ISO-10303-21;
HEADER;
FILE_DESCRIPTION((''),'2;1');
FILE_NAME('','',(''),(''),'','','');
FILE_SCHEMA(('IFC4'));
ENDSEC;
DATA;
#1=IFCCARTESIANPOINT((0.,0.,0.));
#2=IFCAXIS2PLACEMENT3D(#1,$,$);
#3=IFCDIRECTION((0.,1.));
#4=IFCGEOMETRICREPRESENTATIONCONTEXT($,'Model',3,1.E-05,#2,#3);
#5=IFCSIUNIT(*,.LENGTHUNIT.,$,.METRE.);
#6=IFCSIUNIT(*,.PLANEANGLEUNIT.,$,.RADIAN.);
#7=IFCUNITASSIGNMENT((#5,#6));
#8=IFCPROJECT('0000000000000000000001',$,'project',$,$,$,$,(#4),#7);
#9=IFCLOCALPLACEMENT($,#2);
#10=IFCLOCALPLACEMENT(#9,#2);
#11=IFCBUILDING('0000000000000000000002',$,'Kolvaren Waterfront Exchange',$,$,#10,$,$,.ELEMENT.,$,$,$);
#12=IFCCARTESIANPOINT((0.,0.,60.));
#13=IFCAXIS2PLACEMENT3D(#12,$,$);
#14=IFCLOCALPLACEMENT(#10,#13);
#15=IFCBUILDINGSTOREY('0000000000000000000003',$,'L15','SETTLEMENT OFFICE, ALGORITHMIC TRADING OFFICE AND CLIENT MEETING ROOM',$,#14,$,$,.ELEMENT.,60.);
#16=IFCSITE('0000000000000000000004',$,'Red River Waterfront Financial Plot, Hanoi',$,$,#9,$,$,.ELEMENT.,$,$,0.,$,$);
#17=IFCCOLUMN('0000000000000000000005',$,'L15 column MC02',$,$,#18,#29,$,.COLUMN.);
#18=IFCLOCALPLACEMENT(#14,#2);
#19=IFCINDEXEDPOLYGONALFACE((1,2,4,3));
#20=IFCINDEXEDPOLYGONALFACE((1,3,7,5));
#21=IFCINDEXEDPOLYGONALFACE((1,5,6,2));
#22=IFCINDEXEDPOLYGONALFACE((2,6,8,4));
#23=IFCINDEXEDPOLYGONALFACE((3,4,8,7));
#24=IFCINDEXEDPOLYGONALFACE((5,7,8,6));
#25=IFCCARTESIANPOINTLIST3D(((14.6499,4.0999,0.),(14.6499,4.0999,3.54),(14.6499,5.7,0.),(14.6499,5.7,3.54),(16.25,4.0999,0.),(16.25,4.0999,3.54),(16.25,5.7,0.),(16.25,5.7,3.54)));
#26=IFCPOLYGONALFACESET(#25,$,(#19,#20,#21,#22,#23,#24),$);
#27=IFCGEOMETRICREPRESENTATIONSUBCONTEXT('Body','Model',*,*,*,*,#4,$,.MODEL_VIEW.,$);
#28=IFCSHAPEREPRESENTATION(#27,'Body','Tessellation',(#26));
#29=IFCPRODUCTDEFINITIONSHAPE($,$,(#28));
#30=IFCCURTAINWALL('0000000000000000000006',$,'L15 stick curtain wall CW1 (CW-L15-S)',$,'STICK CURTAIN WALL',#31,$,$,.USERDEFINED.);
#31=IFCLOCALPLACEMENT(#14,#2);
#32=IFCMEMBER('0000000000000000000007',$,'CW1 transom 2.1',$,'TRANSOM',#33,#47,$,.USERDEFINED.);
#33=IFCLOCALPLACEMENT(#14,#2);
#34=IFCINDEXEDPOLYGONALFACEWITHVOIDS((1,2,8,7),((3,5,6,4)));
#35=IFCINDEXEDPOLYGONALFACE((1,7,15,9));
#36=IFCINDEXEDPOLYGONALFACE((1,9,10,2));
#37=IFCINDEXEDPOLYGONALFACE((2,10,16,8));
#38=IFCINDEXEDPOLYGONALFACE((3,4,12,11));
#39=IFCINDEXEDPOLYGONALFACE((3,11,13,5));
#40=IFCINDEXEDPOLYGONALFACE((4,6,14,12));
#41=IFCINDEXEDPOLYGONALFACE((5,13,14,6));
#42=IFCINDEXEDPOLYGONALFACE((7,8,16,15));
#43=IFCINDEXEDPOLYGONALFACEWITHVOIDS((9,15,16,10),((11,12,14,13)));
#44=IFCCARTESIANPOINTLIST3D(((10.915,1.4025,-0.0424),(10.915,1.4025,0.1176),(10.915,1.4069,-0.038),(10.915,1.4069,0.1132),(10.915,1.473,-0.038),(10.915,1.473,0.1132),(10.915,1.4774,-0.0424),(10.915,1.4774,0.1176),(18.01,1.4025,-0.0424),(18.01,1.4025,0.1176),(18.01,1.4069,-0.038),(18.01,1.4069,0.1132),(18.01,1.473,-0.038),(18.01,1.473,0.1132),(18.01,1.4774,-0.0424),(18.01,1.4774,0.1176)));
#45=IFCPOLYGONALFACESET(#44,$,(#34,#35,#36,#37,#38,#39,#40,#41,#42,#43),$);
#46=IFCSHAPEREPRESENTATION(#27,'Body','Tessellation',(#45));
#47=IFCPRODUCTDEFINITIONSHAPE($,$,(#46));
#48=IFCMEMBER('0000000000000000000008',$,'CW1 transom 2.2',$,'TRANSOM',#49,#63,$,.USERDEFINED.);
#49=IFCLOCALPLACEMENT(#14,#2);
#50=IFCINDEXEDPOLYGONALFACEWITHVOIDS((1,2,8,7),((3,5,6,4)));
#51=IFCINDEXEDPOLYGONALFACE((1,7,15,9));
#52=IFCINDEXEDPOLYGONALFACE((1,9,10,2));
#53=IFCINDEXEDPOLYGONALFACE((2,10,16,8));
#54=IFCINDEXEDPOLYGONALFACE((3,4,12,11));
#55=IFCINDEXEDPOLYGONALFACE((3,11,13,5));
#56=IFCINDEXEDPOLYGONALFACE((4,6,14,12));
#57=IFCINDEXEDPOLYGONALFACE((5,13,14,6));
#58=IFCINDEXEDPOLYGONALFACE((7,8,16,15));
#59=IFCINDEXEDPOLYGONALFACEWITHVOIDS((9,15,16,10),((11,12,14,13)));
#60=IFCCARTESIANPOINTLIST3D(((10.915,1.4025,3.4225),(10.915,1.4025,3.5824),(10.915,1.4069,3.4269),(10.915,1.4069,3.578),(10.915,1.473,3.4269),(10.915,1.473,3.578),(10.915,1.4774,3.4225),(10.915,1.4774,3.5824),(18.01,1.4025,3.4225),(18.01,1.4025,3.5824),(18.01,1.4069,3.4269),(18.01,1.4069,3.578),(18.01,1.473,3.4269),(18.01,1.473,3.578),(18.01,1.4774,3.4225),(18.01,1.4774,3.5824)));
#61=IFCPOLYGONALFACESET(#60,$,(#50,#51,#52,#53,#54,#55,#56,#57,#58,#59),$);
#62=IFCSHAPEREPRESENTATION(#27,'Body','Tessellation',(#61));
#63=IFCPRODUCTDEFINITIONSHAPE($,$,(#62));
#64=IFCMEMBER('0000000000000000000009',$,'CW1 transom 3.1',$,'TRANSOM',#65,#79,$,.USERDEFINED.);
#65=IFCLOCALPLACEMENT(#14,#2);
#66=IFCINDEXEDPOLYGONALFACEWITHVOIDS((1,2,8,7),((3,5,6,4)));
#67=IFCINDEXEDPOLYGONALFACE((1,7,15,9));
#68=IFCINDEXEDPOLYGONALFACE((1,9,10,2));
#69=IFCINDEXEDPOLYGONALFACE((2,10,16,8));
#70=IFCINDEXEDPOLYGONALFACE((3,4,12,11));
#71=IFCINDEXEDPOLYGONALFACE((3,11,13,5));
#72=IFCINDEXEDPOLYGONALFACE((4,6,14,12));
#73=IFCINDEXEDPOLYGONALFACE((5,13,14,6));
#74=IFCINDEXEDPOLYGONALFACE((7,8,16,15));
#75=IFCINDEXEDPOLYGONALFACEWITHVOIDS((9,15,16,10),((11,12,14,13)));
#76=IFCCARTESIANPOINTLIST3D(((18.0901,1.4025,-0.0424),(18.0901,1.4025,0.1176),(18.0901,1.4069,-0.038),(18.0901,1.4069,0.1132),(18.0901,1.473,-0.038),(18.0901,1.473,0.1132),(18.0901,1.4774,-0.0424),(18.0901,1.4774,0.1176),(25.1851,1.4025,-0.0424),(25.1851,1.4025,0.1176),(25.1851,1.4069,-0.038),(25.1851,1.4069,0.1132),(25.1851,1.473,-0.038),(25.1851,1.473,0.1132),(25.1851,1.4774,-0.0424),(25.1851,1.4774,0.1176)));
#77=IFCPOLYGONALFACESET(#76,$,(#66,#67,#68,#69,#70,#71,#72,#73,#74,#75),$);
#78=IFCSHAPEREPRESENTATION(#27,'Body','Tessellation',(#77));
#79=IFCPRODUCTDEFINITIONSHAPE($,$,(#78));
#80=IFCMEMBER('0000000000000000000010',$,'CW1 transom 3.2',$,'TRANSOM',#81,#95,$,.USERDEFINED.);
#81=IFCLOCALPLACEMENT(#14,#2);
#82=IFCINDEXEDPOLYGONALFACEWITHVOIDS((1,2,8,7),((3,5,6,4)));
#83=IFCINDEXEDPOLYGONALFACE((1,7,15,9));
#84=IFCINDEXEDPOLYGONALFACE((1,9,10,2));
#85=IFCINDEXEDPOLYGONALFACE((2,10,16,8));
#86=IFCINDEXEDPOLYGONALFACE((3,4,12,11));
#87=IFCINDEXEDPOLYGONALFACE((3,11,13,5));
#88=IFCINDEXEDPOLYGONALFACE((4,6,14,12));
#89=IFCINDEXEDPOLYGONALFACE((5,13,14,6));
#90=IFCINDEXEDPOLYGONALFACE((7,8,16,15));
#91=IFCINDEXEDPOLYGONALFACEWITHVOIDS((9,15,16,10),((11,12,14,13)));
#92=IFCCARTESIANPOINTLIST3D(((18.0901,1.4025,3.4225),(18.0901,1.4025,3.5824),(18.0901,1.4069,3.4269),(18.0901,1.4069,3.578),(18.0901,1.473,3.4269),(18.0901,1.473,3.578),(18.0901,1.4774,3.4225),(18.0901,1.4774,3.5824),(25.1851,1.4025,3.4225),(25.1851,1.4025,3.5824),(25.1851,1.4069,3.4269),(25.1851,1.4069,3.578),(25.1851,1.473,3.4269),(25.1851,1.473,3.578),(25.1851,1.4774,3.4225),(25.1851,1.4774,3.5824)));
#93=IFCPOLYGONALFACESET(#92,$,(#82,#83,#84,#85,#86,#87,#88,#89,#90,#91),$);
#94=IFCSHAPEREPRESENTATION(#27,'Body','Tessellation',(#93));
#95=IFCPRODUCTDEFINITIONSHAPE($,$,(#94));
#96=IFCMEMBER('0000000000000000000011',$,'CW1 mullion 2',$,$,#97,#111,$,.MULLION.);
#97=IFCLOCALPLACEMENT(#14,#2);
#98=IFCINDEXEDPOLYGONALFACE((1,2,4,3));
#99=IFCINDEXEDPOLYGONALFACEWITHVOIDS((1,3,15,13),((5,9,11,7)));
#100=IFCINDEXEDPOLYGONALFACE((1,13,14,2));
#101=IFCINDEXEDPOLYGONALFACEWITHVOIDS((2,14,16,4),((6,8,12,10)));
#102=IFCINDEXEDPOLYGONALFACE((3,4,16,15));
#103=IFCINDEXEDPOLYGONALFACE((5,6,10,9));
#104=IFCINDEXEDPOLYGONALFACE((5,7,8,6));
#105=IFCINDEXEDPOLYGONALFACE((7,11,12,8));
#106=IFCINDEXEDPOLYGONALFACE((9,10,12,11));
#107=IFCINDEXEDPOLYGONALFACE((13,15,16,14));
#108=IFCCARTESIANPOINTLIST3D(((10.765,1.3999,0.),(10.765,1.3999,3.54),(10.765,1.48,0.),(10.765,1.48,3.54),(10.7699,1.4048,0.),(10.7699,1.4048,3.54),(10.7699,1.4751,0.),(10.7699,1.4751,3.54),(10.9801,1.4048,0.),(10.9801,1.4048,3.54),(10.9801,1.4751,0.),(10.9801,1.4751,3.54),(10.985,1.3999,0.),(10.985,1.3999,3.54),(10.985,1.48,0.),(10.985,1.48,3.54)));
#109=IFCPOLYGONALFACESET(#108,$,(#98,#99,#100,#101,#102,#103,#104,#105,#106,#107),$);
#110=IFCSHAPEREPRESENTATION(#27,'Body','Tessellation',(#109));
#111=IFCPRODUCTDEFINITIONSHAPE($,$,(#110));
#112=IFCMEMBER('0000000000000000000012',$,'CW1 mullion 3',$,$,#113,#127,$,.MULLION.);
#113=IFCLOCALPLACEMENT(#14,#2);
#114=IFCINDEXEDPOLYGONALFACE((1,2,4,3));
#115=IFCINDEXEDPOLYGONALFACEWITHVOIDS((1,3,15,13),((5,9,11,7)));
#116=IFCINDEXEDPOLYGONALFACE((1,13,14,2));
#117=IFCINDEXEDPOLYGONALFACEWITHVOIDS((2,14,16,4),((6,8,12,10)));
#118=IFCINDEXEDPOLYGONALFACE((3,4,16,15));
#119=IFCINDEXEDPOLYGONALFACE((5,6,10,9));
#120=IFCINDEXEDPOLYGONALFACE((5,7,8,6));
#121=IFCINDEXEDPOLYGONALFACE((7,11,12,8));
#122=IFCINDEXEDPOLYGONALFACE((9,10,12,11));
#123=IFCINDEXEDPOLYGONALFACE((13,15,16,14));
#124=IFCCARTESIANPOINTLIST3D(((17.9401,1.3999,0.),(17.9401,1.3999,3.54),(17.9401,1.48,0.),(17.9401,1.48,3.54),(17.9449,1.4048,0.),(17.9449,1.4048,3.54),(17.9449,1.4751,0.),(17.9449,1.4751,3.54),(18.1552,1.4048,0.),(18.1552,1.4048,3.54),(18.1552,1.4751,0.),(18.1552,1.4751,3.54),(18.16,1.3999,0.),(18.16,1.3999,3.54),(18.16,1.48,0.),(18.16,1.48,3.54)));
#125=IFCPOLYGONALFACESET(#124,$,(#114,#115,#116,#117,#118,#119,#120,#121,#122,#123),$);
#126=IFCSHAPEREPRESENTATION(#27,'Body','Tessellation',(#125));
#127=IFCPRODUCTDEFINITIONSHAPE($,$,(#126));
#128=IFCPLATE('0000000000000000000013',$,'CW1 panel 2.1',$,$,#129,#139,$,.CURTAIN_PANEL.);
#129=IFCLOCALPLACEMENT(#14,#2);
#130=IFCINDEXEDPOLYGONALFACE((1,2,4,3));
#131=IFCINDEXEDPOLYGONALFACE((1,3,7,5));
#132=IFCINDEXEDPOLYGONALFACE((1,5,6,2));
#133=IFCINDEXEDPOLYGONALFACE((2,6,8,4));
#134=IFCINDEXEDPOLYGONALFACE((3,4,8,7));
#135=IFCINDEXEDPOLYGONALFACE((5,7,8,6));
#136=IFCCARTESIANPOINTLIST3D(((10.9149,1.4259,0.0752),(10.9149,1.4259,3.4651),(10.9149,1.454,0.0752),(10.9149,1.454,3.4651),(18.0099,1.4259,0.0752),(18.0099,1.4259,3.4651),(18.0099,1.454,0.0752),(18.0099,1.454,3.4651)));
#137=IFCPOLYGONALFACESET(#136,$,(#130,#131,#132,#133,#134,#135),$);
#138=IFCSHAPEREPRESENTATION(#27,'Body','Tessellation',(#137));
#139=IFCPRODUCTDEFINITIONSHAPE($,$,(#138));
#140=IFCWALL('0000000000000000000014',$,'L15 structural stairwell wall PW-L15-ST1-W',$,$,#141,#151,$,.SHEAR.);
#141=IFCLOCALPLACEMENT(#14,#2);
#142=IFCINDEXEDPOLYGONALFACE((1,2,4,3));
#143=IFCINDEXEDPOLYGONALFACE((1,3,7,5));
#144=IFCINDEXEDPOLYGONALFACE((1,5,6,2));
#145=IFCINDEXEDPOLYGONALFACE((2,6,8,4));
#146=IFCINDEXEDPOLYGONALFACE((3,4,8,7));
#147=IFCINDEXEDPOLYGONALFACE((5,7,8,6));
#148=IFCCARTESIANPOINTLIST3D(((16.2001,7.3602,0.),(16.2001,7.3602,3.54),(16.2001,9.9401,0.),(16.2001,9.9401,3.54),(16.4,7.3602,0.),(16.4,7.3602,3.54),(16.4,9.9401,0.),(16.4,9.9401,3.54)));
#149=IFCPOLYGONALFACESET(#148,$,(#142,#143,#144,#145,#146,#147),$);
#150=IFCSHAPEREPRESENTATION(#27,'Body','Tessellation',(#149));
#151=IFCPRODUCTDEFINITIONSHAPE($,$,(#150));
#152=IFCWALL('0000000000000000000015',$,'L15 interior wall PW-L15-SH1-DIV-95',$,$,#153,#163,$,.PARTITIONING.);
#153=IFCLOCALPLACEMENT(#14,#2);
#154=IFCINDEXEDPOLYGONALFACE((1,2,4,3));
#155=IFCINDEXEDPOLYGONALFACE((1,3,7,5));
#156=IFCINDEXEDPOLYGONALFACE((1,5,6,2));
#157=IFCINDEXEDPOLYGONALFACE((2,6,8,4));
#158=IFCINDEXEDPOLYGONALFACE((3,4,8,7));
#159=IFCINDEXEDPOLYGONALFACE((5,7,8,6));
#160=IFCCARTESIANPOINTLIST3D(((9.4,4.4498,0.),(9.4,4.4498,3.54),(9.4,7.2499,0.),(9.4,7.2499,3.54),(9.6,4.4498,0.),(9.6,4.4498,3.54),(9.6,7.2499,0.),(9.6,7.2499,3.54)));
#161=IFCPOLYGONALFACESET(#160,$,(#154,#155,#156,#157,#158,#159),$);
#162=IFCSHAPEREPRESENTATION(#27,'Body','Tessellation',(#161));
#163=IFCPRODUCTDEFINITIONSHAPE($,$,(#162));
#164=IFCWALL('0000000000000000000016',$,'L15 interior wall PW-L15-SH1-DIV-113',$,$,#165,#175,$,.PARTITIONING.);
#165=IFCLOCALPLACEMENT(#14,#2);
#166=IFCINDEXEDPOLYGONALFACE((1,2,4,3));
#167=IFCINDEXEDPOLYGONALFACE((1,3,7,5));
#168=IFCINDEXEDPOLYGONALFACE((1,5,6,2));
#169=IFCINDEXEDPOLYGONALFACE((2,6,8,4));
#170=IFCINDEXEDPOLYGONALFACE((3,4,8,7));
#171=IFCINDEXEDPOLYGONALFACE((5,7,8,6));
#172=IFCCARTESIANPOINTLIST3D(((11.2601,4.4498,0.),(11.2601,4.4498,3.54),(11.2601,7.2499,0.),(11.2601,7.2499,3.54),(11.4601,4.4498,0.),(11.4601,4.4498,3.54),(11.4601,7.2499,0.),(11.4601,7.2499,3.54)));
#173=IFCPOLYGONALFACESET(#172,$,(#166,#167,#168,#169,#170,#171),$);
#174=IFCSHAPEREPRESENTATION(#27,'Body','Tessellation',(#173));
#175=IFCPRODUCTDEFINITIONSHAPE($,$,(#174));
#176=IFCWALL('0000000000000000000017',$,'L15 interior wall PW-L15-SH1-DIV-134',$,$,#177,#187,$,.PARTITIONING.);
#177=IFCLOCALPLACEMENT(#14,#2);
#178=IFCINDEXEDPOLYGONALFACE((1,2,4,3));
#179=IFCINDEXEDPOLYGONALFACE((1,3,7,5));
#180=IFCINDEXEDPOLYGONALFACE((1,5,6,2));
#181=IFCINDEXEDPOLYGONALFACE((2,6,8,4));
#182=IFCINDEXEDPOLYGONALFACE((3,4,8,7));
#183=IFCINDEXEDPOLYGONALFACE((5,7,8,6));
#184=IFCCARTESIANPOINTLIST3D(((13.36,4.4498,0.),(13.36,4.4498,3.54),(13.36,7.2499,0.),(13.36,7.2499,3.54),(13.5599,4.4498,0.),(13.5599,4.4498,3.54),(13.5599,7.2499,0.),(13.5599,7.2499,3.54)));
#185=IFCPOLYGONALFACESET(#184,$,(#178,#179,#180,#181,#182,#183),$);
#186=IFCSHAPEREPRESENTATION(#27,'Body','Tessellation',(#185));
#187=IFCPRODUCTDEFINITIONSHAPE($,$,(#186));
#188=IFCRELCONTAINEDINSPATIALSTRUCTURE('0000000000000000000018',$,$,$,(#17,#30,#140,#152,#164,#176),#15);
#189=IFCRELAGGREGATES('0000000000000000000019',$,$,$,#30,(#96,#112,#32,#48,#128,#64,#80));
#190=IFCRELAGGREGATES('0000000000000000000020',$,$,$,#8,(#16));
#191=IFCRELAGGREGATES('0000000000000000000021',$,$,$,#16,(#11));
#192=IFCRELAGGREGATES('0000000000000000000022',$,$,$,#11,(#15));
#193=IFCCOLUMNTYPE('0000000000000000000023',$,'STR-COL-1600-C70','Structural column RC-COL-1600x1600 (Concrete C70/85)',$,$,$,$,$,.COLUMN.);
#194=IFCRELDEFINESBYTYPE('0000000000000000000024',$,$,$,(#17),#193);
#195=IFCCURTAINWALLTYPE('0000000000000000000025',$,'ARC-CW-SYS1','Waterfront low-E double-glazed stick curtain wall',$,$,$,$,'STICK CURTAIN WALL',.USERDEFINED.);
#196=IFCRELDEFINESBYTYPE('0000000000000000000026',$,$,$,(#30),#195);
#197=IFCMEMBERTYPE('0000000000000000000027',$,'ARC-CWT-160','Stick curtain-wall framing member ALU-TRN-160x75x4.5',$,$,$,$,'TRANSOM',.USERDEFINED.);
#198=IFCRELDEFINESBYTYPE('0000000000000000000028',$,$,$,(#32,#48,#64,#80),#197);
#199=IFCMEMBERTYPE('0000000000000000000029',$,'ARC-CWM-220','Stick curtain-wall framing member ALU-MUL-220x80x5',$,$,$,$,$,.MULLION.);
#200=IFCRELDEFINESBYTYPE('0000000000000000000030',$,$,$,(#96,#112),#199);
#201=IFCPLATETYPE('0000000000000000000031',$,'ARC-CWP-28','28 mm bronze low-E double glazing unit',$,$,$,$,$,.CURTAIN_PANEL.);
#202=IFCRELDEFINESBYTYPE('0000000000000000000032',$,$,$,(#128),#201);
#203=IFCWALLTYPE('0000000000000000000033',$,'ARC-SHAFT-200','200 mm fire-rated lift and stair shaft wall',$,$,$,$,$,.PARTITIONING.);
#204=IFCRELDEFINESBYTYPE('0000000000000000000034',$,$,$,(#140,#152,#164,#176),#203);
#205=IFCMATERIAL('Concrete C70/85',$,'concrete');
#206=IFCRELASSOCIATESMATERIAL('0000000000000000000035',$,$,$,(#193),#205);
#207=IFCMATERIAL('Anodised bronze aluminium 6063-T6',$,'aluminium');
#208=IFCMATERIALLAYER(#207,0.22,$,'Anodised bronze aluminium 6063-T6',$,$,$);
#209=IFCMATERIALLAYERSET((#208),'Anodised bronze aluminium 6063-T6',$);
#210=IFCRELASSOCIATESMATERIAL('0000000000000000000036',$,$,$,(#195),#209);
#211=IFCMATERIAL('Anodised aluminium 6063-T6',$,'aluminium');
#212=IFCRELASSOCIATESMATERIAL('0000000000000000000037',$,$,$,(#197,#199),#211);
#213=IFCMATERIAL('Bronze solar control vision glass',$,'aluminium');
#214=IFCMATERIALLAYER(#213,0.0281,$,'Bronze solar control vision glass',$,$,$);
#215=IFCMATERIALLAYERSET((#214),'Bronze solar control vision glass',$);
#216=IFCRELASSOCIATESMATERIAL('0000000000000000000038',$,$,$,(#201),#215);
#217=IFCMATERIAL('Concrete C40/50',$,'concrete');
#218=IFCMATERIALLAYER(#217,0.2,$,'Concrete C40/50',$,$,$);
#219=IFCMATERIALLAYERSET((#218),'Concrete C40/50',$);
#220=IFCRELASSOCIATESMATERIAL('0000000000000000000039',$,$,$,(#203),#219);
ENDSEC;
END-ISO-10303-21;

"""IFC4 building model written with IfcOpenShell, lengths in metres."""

from ifc_helpers import new_model, si_unit, direction, frame, frame_2d, origin, origin_with_axes, origin_2d, place, context, subcontext, project, spatial, rectangle, hollow_rectangle, extrude, source, transform, mapped, material, layer, layer_set, material_profile, profile_set, type_object, element, aggregate, save


model = new_model("IFC4")

# Units and contexts
model_context = context("Model", 3, precision=1e-05, world=origin(), true_north=direction((0.0, 1.0)))
body_context = subcontext(model_context, "Body", "Model", "MODEL_VIEW")
ifc_project = project(units=[si_unit("LENGTHUNIT", "METRE"), si_unit("PLANEANGLEUNIT", "RADIAN")], contexts=[model_context])

# Site, building, storey
site_placement = place(None, origin())
site = spatial("IfcSite", under=ifc_project, at=site_placement, Name="Red River Waterfront Financial Plot, Hanoi", CompositionType="ELEMENT", RefElevation=0.0)
building_placement = place(site_placement, origin())
building = spatial("IfcBuilding", under=site, at=building_placement, Name="Kolvaren Waterfront Exchange", CompositionType="ELEMENT")
storey_placement = place(building_placement, frame((0.0, 0.0, 60.0)))
storey = spatial("IfcBuildingStorey", under=building, at=storey_placement, Name="L15", Description="SETTLEMENT OFFICE, ALGORITHMIC TRADING OFFICE AND CLIENT MEETING ROOM", CompositionType="ELEMENT", Elevation=60.0)

# Column
ifc_material_1 = material(Name="Concrete C70/85", Category="concrete")
ifc_material_profile_1 = material_profile(ifc_material_1, rectangle(XDim=1.6001, YDim=1.6001, at=origin_2d()), Name="RC-COL-1600x1600")
ifc_profile_set_1 = profile_set([ifc_material_profile_1], Name="Concrete C70/85")
column_type = type_object("IfcColumnType", Name="STR-COL-1600-C70", Description="Structural column RC-COL-1600x1600 (Concrete C70/85)", PredefinedType="COLUMN", material=ifc_profile_set_1)
column_placement = place(storey_placement, frame((15.45, 4.8999, 0.0), z_axis=(0.0, 0.0, 1.0), x_axis=(1.0, 0.0, 0.0)))
element("IfcColumn", 1, at=column_placement, inside=storey, type_object=column_type, Name="L15 column MC02", PredefinedType="COLUMN", context=body_context, shape_type="SweptSolid", body=[
    extrude(rectangle(XDim=1.6001, YDim=1.6001, at=origin_2d()), origin(), (0.0, 0.0, 1.0), 3.54),
])

# Curtain wall, members, plate
ifc_material_2 = material(Name="Anodised bronze aluminium 6063-T6", Category="aluminium")
ifc_layer_1 = layer(ifc_material_2, 0.22, Name="Anodised bronze aluminium 6063-T6")
ifc_layer_set_1 = layer_set([ifc_layer_1], Name="Anodised bronze aluminium 6063-T6")
curtain_wall_type = type_object("IfcCurtainWallType", Name="ARC-CW-SYS1", Description="Waterfront low-E double-glazed stick curtain wall", ElementType="STICK CURTAIN WALL", PredefinedType="USERDEFINED", material=ifc_layer_set_1)
curtain_wall_placement = place(storey_placement, origin())
curtain_wall = element("IfcCurtainWall", 2, at=curtain_wall_placement, inside=storey, type_object=curtain_wall_type, Name="L15 stick curtain wall CW1 (CW-L15-S)", ObjectType="STICK CURTAIN WALL", PredefinedType="USERDEFINED")
ifc_material_3 = material(Name="Anodised aluminium 6063-T6", Category="aluminium")
ifc_material_profile_2 = material_profile(ifc_material_3, hollow_rectangle(XDim=0.075, YDim=0.1599, WallThickness=0.0044, at=origin_2d()), Name="ALU-TRN-160x75x4.5")
ifc_profile_set_2 = profile_set([ifc_material_profile_2], Name="Anodised aluminium 6063-T6")
member_type_1 = type_object("IfcMemberType", Name="ARC-CWT-160", Description="Stick curtain-wall framing member ALU-TRN-160x75x4.5", ElementType="TRANSOM", PredefinedType="USERDEFINED", material=ifc_profile_set_2)
shared_shape_1 = source(origin_with_axes(), body_context, "Body", "SweptSolid", [
    extrude(hollow_rectangle(XDim=0.075, YDim=0.1599, WallThickness=0.0044, at=origin_2d()), origin(), (0.0, 0.0, 1.0), 7.095),
])
member_1_placement = place(storey_placement, frame((10.915, 1.4399, 0.0376), z_axis=(1.0, 0.0, 0.0), x_axis=(0.0, 1.0, 0.0)))
member_1 = element("IfcMember", 3, at=member_1_placement, type_object=member_type_1, Name="CW1 transom 2.1", ObjectType="TRANSOM", PredefinedType="USERDEFINED", context=body_context, shape_type="MappedRepresentation", body=[
    mapped(shared_shape_1, transform((0.0, 0.0, 0.0), x_axis=(1.0, 0.0, 0.0), y_axis=(0.0, 1.0, 0.0), z_axis=(0.0, 0.0, 1.0), scale=1.0)),
])
member_2_placement = place(storey_placement, frame((10.915, 1.4399, 3.5024), z_axis=(1.0, 0.0, 0.0), x_axis=(0.0, 1.0, 0.0)))
member_2 = element("IfcMember", 4, at=member_2_placement, type_object=member_type_1, Name="CW1 transom 2.2", ObjectType="TRANSOM", PredefinedType="USERDEFINED", context=body_context, shape_type="MappedRepresentation", body=[
    mapped(shared_shape_1, transform((0.0, 0.0, 0.0), x_axis=(1.0, 0.0, 0.0), y_axis=(0.0, 1.0, 0.0), z_axis=(0.0, 0.0, 1.0), scale=1.0)),
])
member_3_placement = place(storey_placement, frame((18.0901, 1.4399, 0.0376), z_axis=(1.0, 0.0, 0.0), x_axis=(0.0, 1.0, 0.0)))
member_3 = element("IfcMember", 5, at=member_3_placement, type_object=member_type_1, Name="CW1 transom 3.1", ObjectType="TRANSOM", PredefinedType="USERDEFINED", context=body_context, shape_type="MappedRepresentation", body=[
    mapped(shared_shape_1, transform((0.0, 0.0, 0.0), x_axis=(1.0, 0.0, 0.0), y_axis=(0.0, 1.0, 0.0), z_axis=(0.0, 0.0, 1.0), scale=1.0)),
])
member_4_placement = place(storey_placement, frame((18.0901, 1.4399, 3.5024), z_axis=(1.0, 0.0, 0.0), x_axis=(0.0, 1.0, 0.0)))
member_4 = element("IfcMember", 6, at=member_4_placement, type_object=member_type_1, Name="CW1 transom 3.2", ObjectType="TRANSOM", PredefinedType="USERDEFINED", context=body_context, shape_type="MappedRepresentation", body=[
    mapped(shared_shape_1, transform((0.0, 0.0, 0.0), x_axis=(1.0, 0.0, 0.0), y_axis=(0.0, 1.0, 0.0), z_axis=(0.0, 0.0, 1.0), scale=1.0)),
])
ifc_material_profile_3 = material_profile(ifc_material_3, hollow_rectangle(XDim=0.0801, YDim=0.22, WallThickness=0.0049, at=origin_2d()), Name="ALU-MUL-220x80x5")
ifc_profile_set_3 = profile_set([ifc_material_profile_3], Name="Anodised aluminium 6063-T6")
member_type_2 = type_object("IfcMemberType", Name="ARC-CWM-220", Description="Stick curtain-wall framing member ALU-MUL-220x80x5", PredefinedType="MULLION", material=ifc_profile_set_3)
shared_shape_2 = source(origin_with_axes(), body_context, "Body", "SweptSolid", [
    extrude(hollow_rectangle(XDim=0.0801, YDim=0.22, WallThickness=0.0049, at=origin_2d()), origin(), (0.0, 0.0, 1.0), 3.54),
])
member_5_placement = place(storey_placement, frame((10.875, 1.4399, 0.0), z_axis=(0.0, 0.0, 1.0), x_axis=(0.0, 1.0, 0.0)))
member_5 = element("IfcMember", 7, at=member_5_placement, type_object=member_type_2, Name="CW1 mullion 2", PredefinedType="MULLION", context=body_context, shape_type="MappedRepresentation", body=[
    mapped(shared_shape_2, transform((0.0, 0.0, 0.0), x_axis=(1.0, 0.0, 0.0), y_axis=(0.0, 1.0, 0.0), z_axis=(0.0, 0.0, 1.0), scale=1.0)),
])
member_6_placement = place(storey_placement, frame((18.05, 1.4399, 0.0), z_axis=(0.0, 0.0, 1.0), x_axis=(0.0, 1.0, 0.0)))
member_6 = element("IfcMember", 8, at=member_6_placement, type_object=member_type_2, Name="CW1 mullion 3", PredefinedType="MULLION", context=body_context, shape_type="MappedRepresentation", body=[
    mapped(shared_shape_2, transform((0.0, 0.0, 0.0), x_axis=(1.0, 0.0, 0.0), y_axis=(0.0, 1.0, 0.0), z_axis=(0.0, 0.0, 1.0), scale=1.0)),
])
ifc_material_4 = material(Name="Bronze solar control vision glass", Category="aluminium")
ifc_layer_2 = layer(ifc_material_4, 0.0281, Name="Bronze solar control vision glass")
ifc_layer_set_2 = layer_set([ifc_layer_2], Name="Bronze solar control vision glass")
plate_type = type_object("IfcPlateType", Name="ARC-CWP-28", Description="28 mm bronze low-E double glazing unit", PredefinedType="CURTAIN_PANEL", material=ifc_layer_set_2)
shared_shape_3 = source(origin_with_axes(), body_context, "Body", "SweptSolid", [
    extrude(rectangle(XDim=7.095, YDim=0.0281, at=origin_2d()), origin(), (0.0, 0.0, 1.0), 3.3899),
])
plate_placement = place(storey_placement, frame((14.4624, 1.4399, 0.0752), z_axis=(0.0, 0.0, 1.0), x_axis=(1.0, 0.0, 0.0)))
plate = element("IfcPlate", 9, at=plate_placement, type_object=plate_type, Name="CW1 panel 2.1", PredefinedType="CURTAIN_PANEL", context=body_context, shape_type="MappedRepresentation", body=[
    mapped(shared_shape_3, transform((0.0, 0.0, 0.0), x_axis=(1.0, 0.0, 0.0), y_axis=(0.0, 1.0, 0.0), z_axis=(0.0, 0.0, 1.0), scale=1.0)),
])
aggregate(curtain_wall, [member_5, member_6, member_1, member_2, plate, member_3, member_4])

# Walls
ifc_material_5 = material(Name="Concrete C40/50", Category="concrete")
ifc_layer_3 = layer(ifc_material_5, 0.2, Name="Concrete C40/50")
ifc_layer_set_3 = layer_set([ifc_layer_3], Name="Concrete C40/50")
wall_type_1 = type_object("IfcWallType", Name="ARC-SHAFT-200", Description="200 mm fire-rated lift and stair shaft wall", PredefinedType="PARTITIONING", material=ifc_layer_set_3)
wall_1_placement = place(storey_placement, frame((16.3, 7.3601, 0.0), z_axis=(0.0, 0.0, 1.0), x_axis=(0.0, 1.0, 0.0)))
element("IfcWall", 10, at=wall_1_placement, inside=storey, type_object=wall_type_1, Name="L15 structural stairwell wall PW-L15-ST1-W", PredefinedType="SHEAR", context=body_context, shape_type="SweptSolid", body=[
    extrude(rectangle(XDim=2.5798, YDim=0.2, at=frame_2d((1.29, 0.0))), origin(), (0.0, 0.0, 1.0), 3.54),
])
for number, where, z_axis, x_axis, name in (
    (11, (9.5, 4.45, 0.0), (0.0, 0.0, 1.0), (0.0, 1.0, 0.0), "L15 interior wall PW-L15-SH1-DIV-95"),
    (12, (11.3601, 4.45, 0.0), (0.0, 0.0, 1.0), (0.0, 1.0, 0.0), "L15 interior wall PW-L15-SH1-DIV-113"),
    (13, (13.46, 4.45, 0.0), (0.0, 0.0, 1.0), (0.0, 1.0, 0.0), "L15 interior wall PW-L15-SH1-DIV-134"),
):
    element("IfcWall", number, at=place(storey_placement, frame(where, z_axis=z_axis, x_axis=x_axis)), inside=storey, type_object=wall_type_1, Name=name, PredefinedType="PARTITIONING", context=body_context, shape_type="SweptSolid", body=[
        extrude(rectangle(XDim=2.8, YDim=0.2, at=frame_2d((1.3999, 0.0))), origin(), (0.0, 0.0, 1.0), 3.54),
    ])

save(model, "model.ifc")
